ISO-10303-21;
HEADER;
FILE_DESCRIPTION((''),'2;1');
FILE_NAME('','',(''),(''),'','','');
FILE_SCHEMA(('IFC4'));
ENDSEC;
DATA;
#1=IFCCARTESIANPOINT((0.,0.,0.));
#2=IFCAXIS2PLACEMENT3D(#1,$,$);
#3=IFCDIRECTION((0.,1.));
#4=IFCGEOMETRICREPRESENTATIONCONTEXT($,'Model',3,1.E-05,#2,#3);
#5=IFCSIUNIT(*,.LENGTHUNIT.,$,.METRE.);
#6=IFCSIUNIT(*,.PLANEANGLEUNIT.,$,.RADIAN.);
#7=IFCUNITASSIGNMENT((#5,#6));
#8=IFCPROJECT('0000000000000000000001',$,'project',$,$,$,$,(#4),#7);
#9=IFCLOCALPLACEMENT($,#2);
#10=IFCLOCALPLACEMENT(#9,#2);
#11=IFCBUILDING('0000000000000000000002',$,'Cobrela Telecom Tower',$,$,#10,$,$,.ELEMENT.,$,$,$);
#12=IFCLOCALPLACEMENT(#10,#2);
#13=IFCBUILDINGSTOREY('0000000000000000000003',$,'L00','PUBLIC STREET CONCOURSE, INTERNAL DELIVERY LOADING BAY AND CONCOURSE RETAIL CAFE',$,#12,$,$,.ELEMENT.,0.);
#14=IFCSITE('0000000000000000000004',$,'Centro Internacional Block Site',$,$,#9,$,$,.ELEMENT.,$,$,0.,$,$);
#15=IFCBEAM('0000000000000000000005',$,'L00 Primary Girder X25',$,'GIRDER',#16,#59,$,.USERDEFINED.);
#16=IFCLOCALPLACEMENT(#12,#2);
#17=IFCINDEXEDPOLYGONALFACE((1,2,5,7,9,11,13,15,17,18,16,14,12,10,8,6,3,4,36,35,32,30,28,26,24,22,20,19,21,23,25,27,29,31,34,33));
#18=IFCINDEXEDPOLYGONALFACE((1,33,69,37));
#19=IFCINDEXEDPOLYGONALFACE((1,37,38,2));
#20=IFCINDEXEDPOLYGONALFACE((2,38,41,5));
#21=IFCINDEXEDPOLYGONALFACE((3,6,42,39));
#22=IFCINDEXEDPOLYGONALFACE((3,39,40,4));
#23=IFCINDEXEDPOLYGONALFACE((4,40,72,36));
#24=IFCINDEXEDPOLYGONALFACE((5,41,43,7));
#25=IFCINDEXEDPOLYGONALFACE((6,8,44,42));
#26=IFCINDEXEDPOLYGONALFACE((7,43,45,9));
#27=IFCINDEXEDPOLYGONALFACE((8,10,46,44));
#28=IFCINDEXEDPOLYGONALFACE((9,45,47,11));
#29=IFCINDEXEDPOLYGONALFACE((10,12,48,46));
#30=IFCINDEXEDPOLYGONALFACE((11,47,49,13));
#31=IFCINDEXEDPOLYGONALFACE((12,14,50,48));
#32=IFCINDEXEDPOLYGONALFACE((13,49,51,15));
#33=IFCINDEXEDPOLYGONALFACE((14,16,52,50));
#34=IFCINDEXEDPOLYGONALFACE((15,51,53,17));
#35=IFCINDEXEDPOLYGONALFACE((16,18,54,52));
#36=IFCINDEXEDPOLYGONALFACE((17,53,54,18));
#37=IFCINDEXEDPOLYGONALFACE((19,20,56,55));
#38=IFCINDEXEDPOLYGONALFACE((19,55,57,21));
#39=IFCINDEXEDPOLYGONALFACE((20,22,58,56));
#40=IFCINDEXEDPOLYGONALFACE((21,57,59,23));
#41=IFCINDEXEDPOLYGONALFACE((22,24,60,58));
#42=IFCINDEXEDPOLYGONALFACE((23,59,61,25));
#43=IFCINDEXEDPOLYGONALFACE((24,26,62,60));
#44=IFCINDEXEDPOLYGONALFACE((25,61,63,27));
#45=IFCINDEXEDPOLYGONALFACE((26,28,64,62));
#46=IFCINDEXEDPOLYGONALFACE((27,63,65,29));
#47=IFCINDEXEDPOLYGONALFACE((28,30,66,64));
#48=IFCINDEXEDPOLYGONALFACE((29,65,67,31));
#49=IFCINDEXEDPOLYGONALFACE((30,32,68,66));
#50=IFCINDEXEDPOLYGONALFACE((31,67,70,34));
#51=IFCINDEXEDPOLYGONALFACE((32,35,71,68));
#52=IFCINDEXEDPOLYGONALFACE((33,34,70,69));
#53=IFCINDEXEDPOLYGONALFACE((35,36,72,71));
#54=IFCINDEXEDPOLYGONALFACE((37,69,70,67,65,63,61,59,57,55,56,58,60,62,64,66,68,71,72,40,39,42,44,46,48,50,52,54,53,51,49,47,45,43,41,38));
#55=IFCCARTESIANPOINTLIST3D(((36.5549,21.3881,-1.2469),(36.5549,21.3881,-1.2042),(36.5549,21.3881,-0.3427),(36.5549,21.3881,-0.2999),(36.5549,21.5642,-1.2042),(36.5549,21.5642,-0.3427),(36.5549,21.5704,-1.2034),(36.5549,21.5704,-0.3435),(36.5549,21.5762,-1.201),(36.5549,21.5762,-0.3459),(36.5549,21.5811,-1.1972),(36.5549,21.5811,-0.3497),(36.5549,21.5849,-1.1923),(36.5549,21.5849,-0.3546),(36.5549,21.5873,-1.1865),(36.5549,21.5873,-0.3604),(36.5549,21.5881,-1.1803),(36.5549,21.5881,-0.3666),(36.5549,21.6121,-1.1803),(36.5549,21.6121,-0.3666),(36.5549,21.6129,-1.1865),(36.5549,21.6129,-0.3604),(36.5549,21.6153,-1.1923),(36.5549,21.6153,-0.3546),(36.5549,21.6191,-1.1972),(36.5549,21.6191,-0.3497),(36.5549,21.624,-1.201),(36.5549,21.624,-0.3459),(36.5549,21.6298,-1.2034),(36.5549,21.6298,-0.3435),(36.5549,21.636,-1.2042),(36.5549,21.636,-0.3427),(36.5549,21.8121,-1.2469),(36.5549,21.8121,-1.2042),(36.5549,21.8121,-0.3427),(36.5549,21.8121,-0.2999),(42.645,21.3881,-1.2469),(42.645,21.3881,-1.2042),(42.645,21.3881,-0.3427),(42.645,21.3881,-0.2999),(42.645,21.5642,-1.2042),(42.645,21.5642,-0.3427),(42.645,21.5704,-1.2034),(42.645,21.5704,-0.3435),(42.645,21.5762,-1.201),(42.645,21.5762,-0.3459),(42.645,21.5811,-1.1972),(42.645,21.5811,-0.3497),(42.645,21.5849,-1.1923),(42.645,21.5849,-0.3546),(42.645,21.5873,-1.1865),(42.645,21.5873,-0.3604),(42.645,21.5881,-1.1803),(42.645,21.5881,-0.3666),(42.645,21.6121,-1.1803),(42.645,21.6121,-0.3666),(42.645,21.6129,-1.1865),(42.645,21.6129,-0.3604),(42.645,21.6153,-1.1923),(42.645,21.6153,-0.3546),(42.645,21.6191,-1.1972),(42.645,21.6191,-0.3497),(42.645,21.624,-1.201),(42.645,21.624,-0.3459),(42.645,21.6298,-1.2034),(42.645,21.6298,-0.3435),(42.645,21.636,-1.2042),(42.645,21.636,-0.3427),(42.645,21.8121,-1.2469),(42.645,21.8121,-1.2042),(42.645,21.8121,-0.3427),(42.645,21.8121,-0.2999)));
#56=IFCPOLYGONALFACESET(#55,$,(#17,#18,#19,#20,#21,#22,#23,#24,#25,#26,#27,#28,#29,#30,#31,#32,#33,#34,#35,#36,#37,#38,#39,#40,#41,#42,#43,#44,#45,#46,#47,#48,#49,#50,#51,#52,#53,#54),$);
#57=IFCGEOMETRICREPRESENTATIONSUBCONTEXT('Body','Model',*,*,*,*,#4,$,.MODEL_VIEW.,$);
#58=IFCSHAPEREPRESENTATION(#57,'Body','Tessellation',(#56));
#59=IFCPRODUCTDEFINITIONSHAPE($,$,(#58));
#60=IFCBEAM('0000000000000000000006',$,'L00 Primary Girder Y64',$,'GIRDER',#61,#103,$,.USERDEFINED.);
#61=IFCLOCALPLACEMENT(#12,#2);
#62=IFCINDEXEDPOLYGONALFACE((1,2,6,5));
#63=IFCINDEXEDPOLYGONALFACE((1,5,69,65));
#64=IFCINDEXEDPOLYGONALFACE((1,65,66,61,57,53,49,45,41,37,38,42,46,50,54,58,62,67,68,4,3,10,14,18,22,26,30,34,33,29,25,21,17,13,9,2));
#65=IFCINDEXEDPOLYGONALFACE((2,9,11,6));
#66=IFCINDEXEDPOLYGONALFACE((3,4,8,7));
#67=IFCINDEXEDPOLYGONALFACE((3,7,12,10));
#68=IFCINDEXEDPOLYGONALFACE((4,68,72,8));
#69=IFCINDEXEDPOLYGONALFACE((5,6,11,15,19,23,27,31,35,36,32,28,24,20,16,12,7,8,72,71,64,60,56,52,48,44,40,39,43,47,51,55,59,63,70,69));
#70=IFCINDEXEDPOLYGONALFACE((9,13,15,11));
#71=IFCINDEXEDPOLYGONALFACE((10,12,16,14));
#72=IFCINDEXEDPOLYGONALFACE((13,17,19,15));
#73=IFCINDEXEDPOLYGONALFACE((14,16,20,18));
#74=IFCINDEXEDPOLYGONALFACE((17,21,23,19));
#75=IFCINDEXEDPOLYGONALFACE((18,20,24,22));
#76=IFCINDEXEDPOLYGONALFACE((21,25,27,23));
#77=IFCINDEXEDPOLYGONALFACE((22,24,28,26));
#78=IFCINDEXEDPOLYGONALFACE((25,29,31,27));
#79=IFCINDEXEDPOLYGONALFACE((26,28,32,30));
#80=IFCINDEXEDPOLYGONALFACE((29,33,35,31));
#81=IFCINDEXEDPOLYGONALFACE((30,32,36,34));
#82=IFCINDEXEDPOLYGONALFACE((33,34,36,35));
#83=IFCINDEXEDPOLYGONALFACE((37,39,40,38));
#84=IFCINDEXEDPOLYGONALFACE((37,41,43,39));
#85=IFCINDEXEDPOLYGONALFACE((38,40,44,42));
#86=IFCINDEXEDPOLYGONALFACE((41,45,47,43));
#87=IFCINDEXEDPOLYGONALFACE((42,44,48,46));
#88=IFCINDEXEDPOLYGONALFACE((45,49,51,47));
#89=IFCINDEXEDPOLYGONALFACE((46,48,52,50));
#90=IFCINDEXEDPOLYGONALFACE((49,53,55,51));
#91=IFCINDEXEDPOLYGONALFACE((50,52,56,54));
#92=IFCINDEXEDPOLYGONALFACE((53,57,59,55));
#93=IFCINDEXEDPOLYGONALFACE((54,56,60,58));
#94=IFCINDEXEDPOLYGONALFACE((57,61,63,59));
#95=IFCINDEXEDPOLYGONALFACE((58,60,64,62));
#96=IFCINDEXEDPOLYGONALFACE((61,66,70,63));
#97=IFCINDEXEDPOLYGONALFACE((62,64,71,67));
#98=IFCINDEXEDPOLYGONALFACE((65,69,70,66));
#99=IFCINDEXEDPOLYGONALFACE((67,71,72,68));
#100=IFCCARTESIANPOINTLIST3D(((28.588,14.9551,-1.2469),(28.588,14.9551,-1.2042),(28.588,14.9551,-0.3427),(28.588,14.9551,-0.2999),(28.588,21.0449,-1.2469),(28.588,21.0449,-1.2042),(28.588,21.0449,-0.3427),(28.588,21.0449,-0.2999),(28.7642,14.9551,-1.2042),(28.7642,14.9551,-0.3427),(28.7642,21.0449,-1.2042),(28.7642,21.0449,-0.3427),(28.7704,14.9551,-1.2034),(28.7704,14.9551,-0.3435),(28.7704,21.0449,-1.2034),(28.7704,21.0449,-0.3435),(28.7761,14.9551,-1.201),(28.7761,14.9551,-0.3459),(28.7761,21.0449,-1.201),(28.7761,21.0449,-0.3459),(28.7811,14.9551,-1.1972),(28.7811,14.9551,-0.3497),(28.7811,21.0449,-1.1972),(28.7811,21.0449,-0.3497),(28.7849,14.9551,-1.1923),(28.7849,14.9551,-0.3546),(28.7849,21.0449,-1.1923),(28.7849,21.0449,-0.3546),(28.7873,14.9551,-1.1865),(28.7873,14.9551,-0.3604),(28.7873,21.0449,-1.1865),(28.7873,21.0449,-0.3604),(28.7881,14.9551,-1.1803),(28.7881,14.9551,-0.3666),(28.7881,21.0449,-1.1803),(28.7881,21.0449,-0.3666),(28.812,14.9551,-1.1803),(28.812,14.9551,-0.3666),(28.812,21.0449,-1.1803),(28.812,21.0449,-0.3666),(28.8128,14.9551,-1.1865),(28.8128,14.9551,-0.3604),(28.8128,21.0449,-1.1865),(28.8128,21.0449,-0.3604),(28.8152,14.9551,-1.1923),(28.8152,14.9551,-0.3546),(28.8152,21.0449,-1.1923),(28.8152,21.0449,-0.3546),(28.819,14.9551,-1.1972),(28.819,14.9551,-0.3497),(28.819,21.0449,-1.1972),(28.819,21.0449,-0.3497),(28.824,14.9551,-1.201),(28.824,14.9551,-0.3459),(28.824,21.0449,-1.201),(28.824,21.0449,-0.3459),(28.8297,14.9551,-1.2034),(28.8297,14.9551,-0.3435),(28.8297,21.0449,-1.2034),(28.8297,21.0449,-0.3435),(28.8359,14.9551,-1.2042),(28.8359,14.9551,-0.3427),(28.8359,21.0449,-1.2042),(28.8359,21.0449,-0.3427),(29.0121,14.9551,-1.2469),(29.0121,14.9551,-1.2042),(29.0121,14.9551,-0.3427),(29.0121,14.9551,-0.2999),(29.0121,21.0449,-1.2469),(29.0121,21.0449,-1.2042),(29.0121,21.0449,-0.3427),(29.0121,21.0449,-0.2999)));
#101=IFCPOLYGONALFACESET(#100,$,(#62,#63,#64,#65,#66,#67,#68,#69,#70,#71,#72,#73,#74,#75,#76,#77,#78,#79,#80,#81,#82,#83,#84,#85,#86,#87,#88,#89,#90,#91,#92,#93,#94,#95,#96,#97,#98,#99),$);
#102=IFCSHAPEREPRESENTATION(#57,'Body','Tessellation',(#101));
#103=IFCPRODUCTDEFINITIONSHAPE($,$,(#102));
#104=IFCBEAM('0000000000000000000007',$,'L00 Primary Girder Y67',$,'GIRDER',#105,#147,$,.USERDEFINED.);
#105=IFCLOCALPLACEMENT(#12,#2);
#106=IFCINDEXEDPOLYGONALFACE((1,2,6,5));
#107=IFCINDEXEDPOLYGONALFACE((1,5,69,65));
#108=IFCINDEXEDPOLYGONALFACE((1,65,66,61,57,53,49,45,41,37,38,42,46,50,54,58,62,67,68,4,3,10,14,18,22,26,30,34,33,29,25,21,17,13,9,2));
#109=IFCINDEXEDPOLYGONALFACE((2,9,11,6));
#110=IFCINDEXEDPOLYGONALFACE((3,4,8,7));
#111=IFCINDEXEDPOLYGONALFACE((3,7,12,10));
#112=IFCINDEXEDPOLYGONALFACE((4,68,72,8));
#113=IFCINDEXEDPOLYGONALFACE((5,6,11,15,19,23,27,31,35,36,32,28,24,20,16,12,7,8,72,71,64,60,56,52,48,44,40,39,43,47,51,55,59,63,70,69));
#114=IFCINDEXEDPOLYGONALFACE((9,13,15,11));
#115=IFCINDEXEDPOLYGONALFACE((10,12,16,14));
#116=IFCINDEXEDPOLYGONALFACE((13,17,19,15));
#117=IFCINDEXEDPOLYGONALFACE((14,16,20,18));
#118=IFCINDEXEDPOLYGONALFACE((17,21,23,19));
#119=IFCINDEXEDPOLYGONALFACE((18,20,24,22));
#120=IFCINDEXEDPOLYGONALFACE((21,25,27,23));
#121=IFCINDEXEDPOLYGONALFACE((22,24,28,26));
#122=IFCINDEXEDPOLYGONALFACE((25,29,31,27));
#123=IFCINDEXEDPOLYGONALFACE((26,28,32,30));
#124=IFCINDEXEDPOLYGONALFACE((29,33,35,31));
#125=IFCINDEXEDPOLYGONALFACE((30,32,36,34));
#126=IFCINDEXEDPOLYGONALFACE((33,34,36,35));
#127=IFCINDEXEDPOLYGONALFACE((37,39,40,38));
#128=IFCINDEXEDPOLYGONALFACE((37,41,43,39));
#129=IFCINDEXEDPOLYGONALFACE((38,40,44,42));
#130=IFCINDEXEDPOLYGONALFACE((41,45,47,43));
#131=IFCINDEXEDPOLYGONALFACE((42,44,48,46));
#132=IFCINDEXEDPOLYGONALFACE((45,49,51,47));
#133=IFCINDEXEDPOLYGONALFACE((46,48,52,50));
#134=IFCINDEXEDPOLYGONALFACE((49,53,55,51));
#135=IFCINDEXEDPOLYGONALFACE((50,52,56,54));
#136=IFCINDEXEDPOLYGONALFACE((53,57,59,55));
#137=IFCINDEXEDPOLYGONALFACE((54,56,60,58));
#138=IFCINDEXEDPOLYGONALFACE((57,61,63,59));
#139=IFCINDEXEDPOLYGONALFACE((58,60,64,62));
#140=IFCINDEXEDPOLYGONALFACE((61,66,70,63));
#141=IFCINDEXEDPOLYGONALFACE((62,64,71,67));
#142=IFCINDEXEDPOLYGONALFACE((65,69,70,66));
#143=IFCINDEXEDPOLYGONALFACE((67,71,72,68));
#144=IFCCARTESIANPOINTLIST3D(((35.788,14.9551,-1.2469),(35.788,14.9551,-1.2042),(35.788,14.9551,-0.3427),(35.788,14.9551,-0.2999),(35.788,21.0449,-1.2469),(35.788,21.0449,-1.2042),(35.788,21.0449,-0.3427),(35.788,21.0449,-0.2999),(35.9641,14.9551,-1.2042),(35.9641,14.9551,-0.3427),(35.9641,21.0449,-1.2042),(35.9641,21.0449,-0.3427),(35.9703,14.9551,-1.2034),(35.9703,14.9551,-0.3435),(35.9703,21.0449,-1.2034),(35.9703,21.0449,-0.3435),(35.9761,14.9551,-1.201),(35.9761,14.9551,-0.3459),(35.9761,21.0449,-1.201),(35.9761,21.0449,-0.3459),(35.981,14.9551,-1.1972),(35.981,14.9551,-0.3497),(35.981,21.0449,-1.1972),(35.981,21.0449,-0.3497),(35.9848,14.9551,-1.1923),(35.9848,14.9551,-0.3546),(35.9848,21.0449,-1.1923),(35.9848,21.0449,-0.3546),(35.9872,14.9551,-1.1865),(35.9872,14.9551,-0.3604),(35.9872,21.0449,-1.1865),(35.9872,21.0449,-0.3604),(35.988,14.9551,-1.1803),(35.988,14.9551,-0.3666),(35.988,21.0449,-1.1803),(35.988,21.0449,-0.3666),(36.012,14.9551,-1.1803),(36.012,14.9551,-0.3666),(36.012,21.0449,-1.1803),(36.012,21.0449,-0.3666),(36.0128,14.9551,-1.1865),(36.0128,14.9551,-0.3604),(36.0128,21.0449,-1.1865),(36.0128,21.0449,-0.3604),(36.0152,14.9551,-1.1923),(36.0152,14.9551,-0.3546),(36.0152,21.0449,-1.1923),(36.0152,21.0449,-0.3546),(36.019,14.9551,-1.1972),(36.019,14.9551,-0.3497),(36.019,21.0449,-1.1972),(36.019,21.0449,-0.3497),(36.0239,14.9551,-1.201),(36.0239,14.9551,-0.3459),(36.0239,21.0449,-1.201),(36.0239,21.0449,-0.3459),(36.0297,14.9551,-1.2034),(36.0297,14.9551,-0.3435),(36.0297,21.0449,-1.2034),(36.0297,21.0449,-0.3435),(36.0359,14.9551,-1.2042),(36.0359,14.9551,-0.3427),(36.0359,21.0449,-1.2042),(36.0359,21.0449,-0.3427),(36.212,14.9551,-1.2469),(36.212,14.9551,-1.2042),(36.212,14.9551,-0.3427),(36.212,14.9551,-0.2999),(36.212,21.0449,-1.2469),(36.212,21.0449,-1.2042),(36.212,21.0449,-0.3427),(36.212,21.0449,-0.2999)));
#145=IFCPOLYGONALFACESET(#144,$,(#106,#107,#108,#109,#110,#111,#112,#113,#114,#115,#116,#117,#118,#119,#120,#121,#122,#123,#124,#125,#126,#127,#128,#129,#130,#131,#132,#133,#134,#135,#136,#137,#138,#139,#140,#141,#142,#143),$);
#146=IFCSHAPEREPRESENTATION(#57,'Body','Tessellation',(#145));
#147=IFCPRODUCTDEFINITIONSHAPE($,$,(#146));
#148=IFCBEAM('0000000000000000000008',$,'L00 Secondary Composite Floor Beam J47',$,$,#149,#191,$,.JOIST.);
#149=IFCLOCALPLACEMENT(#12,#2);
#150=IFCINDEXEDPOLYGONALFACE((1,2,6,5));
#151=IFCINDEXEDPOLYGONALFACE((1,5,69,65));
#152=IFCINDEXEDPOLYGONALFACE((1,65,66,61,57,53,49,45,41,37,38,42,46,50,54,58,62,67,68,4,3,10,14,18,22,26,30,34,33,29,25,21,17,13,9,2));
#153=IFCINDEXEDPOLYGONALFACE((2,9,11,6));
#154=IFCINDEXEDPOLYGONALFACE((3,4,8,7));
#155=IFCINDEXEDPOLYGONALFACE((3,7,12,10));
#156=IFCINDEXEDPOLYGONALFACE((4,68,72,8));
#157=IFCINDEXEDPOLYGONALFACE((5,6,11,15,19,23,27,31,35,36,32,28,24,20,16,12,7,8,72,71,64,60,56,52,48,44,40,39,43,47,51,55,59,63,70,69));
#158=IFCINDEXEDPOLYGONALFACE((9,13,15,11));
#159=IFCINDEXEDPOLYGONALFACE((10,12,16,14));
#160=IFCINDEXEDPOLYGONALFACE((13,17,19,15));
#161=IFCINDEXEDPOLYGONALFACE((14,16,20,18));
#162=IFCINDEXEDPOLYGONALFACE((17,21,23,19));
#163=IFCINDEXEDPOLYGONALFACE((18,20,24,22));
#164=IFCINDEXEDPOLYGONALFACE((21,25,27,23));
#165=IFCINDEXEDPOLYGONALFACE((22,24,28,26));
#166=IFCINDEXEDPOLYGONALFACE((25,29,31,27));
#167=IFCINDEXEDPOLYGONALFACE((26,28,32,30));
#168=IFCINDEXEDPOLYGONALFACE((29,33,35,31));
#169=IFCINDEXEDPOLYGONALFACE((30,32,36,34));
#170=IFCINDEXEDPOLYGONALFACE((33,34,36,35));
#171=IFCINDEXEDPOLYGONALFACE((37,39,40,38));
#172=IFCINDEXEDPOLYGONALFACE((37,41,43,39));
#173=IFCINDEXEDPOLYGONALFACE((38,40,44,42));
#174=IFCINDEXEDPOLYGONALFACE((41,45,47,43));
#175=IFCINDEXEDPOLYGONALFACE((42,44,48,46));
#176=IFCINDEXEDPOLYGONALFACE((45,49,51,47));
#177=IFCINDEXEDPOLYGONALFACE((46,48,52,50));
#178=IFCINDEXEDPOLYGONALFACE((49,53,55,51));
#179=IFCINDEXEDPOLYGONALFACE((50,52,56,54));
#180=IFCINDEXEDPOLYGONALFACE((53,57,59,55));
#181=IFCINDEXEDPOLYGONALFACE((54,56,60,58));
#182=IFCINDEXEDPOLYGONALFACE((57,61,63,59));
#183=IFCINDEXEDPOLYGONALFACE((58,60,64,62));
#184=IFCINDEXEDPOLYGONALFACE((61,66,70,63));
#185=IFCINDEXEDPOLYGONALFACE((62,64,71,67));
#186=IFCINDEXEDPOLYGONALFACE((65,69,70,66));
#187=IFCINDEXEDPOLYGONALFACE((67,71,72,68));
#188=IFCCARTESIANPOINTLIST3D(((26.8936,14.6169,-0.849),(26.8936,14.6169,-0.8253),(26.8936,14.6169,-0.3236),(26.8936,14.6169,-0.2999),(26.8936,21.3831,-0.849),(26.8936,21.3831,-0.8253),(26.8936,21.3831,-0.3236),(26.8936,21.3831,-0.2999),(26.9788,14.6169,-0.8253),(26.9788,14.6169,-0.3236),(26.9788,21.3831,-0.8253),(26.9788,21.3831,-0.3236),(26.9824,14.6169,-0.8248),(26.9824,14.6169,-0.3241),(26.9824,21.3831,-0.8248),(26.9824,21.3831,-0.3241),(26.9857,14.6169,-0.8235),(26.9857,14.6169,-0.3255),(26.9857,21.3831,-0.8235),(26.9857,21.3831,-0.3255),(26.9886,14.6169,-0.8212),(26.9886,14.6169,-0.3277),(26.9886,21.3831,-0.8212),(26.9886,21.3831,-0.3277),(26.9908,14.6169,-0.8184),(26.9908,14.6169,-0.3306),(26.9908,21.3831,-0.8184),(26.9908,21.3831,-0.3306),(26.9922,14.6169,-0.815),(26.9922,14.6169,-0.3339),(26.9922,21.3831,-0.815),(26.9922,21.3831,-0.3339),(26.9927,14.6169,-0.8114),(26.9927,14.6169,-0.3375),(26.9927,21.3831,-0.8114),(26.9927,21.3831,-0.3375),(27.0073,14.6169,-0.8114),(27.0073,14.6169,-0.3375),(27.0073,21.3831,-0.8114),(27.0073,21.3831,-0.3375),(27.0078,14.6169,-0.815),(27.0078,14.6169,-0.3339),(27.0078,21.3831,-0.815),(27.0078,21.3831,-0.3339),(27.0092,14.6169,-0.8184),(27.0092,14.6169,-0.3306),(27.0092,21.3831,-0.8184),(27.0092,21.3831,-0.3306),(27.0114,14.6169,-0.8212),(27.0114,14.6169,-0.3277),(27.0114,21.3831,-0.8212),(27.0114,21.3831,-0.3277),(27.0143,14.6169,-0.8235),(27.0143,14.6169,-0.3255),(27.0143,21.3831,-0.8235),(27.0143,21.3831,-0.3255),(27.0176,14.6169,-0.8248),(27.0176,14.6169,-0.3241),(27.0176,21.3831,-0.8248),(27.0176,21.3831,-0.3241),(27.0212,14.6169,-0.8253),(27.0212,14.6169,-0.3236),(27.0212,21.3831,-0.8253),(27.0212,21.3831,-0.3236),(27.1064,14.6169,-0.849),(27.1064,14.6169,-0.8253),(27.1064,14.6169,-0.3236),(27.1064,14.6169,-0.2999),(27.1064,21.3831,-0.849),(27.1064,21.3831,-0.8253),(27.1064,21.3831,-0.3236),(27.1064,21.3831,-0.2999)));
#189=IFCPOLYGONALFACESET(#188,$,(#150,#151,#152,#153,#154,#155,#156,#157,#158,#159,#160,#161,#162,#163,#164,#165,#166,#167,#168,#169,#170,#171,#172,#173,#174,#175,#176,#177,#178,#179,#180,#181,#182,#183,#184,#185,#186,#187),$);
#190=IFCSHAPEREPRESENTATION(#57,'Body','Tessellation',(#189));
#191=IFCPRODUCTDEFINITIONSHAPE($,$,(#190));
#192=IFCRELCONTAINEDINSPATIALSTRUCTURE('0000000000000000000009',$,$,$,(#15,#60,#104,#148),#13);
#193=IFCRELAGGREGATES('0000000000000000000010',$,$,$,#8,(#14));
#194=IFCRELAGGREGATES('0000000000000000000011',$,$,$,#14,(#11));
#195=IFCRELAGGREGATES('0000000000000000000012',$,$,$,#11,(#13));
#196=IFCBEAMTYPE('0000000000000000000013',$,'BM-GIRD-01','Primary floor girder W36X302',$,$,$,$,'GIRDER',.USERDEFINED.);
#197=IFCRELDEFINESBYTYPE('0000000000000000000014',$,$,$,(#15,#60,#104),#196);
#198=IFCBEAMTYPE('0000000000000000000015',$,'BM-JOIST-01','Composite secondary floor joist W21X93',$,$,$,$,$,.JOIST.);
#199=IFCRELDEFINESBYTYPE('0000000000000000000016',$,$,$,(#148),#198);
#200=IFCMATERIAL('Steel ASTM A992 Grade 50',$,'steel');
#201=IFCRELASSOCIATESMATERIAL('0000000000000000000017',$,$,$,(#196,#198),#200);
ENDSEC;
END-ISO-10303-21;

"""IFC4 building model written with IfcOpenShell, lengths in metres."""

from ifc_helpers import new_model, si_unit, direction, frame, origin, origin_2d, place, context, subcontext, project, spatial, i_section, extrude, material, material_profile, profile_set, type_object, element, save


model = new_model("IFC4")

# Units and contexts
model_context = context("Model", 3, precision=1e-05, world=origin(), true_north=direction((0.0, 1.0)))
body_context = subcontext(model_context, "Body", "Model", "MODEL_VIEW")
ifc_project = project(units=[si_unit("LENGTHUNIT", "METRE"), si_unit("PLANEANGLEUNIT", "RADIAN")], contexts=[model_context])

# Site, building, storey
site_placement = place(None, origin())
site = spatial("IfcSite", under=ifc_project, at=site_placement, Name="Centro Internacional Block Site", CompositionType="ELEMENT", RefElevation=0.0)
building_placement = place(site_placement, origin())
building = spatial("IfcBuilding", under=site, at=building_placement, Name="Cobrela Telecom Tower", CompositionType="ELEMENT")
storey_placement = place(building_placement, origin())
storey = spatial("IfcBuildingStorey", under=building, at=storey_placement, Name="L00", Description="PUBLIC STREET CONCOURSE, INTERNAL DELIVERY LOADING BAY AND CONCOURSE RETAIL CAFE", CompositionType="ELEMENT", Elevation=0.0)

# Beams
ifc_material_1 = material(Name="Steel ASTM A992 Grade 50", Category="steel")
ifc_material_profile_1 = material_profile(ifc_material_1, i_section(OverallWidth=0.4241, OverallDepth=0.947, WebThickness=0.0239, FlangeThickness=0.0427, FilletRadius=0.0239, at=origin_2d()), Name="W36X302")
ifc_profile_set_1 = profile_set([ifc_material_profile_1], Name="Steel ASTM A992 Grade 50")
beam_type_1 = type_object("IfcBeamType", Name="BM-GIRD-01", Description="Primary floor girder W36X302", ElementType="GIRDER", PredefinedType="USERDEFINED", material=ifc_profile_set_1)
for number, where, z_axis, x_axis, name in (
    (1, (36.5549, 21.6001, -0.7734), (1.0, 0.0, 0.0), (0.0, 1.0, 0.0), "L00 Primary Girder X25"),
):
    element("IfcBeam", number, at=place(storey_placement, frame(where, z_axis=z_axis, x_axis=x_axis)), inside=storey, type_object=beam_type_1, Name=name, ObjectType="GIRDER", PredefinedType="USERDEFINED", context=body_context, shape_type="SweptSolid", body=[
        extrude(i_section(OverallWidth=0.4241, OverallDepth=0.947, WebThickness=0.0239, FlangeThickness=0.0427, FilletRadius=0.0239, at=origin_2d()), origin(), (0.0, 0.0, 1.0), 6.0901),
    ])
for number, where, z_axis, x_axis, name in (
    (2, (28.8, 14.9551, -0.7734), (0.0, 1.0, 0.0), (-1.0, 0.0, 0.0), "L00 Primary Girder Y64"),
    (3, (36.0, 14.9551, -0.7734), (0.0, 1.0, 0.0), (-1.0, 0.0, 0.0), "L00 Primary Girder Y67"),
):
    element("IfcBeam", number, at=place(storey_placement, frame(where, z_axis=z_axis, x_axis=x_axis)), inside=storey, type_object=beam_type_1, Name=name, ObjectType="GIRDER", PredefinedType="USERDEFINED", context=body_context, shape_type="SweptSolid", body=[
        extrude(i_section(OverallWidth=0.4241, OverallDepth=0.947, WebThickness=0.0239, FlangeThickness=0.0427, FilletRadius=0.0239, at=origin_2d()), origin(), (0.0, 0.0, 1.0), 6.0898),
    ])
ifc_material_profile_2 = material_profile(ifc_material_1, i_section(OverallWidth=0.2129, OverallDepth=0.5491, WebThickness=0.0146, FlangeThickness=0.0237, FilletRadius=0.0139, at=origin_2d()), Name="W21X93")
ifc_profile_set_2 = profile_set([ifc_material_profile_2], Name="Steel ASTM A992 Grade 50")
beam_type_2 = type_object("IfcBeamType", Name="BM-JOIST-01", Description="Composite secondary floor joist W21X93", PredefinedType="JOIST", material=ifc_profile_set_2)
for number, where, z_axis, x_axis, name in (
    (4, (27.0, 14.6169, -0.5745), (0.0, 1.0, 0.0), (-1.0, 0.0, 0.0), "L00 Secondary Composite Floor Beam J47"),
):
    element("IfcBeam", number, at=place(storey_placement, frame(where, z_axis=z_axis, x_axis=x_axis)), inside=storey, type_object=beam_type_2, Name=name, PredefinedType="JOIST", context=body_context, shape_type="SweptSolid", body=[
        extrude(i_section(OverallWidth=0.2129, OverallDepth=0.5491, WebThickness=0.0146, FlangeThickness=0.0237, FilletRadius=0.0139, at=origin_2d()), origin(), (0.0, 0.0, 1.0), 6.7661),
    ])

save(model, "model.ifc")
